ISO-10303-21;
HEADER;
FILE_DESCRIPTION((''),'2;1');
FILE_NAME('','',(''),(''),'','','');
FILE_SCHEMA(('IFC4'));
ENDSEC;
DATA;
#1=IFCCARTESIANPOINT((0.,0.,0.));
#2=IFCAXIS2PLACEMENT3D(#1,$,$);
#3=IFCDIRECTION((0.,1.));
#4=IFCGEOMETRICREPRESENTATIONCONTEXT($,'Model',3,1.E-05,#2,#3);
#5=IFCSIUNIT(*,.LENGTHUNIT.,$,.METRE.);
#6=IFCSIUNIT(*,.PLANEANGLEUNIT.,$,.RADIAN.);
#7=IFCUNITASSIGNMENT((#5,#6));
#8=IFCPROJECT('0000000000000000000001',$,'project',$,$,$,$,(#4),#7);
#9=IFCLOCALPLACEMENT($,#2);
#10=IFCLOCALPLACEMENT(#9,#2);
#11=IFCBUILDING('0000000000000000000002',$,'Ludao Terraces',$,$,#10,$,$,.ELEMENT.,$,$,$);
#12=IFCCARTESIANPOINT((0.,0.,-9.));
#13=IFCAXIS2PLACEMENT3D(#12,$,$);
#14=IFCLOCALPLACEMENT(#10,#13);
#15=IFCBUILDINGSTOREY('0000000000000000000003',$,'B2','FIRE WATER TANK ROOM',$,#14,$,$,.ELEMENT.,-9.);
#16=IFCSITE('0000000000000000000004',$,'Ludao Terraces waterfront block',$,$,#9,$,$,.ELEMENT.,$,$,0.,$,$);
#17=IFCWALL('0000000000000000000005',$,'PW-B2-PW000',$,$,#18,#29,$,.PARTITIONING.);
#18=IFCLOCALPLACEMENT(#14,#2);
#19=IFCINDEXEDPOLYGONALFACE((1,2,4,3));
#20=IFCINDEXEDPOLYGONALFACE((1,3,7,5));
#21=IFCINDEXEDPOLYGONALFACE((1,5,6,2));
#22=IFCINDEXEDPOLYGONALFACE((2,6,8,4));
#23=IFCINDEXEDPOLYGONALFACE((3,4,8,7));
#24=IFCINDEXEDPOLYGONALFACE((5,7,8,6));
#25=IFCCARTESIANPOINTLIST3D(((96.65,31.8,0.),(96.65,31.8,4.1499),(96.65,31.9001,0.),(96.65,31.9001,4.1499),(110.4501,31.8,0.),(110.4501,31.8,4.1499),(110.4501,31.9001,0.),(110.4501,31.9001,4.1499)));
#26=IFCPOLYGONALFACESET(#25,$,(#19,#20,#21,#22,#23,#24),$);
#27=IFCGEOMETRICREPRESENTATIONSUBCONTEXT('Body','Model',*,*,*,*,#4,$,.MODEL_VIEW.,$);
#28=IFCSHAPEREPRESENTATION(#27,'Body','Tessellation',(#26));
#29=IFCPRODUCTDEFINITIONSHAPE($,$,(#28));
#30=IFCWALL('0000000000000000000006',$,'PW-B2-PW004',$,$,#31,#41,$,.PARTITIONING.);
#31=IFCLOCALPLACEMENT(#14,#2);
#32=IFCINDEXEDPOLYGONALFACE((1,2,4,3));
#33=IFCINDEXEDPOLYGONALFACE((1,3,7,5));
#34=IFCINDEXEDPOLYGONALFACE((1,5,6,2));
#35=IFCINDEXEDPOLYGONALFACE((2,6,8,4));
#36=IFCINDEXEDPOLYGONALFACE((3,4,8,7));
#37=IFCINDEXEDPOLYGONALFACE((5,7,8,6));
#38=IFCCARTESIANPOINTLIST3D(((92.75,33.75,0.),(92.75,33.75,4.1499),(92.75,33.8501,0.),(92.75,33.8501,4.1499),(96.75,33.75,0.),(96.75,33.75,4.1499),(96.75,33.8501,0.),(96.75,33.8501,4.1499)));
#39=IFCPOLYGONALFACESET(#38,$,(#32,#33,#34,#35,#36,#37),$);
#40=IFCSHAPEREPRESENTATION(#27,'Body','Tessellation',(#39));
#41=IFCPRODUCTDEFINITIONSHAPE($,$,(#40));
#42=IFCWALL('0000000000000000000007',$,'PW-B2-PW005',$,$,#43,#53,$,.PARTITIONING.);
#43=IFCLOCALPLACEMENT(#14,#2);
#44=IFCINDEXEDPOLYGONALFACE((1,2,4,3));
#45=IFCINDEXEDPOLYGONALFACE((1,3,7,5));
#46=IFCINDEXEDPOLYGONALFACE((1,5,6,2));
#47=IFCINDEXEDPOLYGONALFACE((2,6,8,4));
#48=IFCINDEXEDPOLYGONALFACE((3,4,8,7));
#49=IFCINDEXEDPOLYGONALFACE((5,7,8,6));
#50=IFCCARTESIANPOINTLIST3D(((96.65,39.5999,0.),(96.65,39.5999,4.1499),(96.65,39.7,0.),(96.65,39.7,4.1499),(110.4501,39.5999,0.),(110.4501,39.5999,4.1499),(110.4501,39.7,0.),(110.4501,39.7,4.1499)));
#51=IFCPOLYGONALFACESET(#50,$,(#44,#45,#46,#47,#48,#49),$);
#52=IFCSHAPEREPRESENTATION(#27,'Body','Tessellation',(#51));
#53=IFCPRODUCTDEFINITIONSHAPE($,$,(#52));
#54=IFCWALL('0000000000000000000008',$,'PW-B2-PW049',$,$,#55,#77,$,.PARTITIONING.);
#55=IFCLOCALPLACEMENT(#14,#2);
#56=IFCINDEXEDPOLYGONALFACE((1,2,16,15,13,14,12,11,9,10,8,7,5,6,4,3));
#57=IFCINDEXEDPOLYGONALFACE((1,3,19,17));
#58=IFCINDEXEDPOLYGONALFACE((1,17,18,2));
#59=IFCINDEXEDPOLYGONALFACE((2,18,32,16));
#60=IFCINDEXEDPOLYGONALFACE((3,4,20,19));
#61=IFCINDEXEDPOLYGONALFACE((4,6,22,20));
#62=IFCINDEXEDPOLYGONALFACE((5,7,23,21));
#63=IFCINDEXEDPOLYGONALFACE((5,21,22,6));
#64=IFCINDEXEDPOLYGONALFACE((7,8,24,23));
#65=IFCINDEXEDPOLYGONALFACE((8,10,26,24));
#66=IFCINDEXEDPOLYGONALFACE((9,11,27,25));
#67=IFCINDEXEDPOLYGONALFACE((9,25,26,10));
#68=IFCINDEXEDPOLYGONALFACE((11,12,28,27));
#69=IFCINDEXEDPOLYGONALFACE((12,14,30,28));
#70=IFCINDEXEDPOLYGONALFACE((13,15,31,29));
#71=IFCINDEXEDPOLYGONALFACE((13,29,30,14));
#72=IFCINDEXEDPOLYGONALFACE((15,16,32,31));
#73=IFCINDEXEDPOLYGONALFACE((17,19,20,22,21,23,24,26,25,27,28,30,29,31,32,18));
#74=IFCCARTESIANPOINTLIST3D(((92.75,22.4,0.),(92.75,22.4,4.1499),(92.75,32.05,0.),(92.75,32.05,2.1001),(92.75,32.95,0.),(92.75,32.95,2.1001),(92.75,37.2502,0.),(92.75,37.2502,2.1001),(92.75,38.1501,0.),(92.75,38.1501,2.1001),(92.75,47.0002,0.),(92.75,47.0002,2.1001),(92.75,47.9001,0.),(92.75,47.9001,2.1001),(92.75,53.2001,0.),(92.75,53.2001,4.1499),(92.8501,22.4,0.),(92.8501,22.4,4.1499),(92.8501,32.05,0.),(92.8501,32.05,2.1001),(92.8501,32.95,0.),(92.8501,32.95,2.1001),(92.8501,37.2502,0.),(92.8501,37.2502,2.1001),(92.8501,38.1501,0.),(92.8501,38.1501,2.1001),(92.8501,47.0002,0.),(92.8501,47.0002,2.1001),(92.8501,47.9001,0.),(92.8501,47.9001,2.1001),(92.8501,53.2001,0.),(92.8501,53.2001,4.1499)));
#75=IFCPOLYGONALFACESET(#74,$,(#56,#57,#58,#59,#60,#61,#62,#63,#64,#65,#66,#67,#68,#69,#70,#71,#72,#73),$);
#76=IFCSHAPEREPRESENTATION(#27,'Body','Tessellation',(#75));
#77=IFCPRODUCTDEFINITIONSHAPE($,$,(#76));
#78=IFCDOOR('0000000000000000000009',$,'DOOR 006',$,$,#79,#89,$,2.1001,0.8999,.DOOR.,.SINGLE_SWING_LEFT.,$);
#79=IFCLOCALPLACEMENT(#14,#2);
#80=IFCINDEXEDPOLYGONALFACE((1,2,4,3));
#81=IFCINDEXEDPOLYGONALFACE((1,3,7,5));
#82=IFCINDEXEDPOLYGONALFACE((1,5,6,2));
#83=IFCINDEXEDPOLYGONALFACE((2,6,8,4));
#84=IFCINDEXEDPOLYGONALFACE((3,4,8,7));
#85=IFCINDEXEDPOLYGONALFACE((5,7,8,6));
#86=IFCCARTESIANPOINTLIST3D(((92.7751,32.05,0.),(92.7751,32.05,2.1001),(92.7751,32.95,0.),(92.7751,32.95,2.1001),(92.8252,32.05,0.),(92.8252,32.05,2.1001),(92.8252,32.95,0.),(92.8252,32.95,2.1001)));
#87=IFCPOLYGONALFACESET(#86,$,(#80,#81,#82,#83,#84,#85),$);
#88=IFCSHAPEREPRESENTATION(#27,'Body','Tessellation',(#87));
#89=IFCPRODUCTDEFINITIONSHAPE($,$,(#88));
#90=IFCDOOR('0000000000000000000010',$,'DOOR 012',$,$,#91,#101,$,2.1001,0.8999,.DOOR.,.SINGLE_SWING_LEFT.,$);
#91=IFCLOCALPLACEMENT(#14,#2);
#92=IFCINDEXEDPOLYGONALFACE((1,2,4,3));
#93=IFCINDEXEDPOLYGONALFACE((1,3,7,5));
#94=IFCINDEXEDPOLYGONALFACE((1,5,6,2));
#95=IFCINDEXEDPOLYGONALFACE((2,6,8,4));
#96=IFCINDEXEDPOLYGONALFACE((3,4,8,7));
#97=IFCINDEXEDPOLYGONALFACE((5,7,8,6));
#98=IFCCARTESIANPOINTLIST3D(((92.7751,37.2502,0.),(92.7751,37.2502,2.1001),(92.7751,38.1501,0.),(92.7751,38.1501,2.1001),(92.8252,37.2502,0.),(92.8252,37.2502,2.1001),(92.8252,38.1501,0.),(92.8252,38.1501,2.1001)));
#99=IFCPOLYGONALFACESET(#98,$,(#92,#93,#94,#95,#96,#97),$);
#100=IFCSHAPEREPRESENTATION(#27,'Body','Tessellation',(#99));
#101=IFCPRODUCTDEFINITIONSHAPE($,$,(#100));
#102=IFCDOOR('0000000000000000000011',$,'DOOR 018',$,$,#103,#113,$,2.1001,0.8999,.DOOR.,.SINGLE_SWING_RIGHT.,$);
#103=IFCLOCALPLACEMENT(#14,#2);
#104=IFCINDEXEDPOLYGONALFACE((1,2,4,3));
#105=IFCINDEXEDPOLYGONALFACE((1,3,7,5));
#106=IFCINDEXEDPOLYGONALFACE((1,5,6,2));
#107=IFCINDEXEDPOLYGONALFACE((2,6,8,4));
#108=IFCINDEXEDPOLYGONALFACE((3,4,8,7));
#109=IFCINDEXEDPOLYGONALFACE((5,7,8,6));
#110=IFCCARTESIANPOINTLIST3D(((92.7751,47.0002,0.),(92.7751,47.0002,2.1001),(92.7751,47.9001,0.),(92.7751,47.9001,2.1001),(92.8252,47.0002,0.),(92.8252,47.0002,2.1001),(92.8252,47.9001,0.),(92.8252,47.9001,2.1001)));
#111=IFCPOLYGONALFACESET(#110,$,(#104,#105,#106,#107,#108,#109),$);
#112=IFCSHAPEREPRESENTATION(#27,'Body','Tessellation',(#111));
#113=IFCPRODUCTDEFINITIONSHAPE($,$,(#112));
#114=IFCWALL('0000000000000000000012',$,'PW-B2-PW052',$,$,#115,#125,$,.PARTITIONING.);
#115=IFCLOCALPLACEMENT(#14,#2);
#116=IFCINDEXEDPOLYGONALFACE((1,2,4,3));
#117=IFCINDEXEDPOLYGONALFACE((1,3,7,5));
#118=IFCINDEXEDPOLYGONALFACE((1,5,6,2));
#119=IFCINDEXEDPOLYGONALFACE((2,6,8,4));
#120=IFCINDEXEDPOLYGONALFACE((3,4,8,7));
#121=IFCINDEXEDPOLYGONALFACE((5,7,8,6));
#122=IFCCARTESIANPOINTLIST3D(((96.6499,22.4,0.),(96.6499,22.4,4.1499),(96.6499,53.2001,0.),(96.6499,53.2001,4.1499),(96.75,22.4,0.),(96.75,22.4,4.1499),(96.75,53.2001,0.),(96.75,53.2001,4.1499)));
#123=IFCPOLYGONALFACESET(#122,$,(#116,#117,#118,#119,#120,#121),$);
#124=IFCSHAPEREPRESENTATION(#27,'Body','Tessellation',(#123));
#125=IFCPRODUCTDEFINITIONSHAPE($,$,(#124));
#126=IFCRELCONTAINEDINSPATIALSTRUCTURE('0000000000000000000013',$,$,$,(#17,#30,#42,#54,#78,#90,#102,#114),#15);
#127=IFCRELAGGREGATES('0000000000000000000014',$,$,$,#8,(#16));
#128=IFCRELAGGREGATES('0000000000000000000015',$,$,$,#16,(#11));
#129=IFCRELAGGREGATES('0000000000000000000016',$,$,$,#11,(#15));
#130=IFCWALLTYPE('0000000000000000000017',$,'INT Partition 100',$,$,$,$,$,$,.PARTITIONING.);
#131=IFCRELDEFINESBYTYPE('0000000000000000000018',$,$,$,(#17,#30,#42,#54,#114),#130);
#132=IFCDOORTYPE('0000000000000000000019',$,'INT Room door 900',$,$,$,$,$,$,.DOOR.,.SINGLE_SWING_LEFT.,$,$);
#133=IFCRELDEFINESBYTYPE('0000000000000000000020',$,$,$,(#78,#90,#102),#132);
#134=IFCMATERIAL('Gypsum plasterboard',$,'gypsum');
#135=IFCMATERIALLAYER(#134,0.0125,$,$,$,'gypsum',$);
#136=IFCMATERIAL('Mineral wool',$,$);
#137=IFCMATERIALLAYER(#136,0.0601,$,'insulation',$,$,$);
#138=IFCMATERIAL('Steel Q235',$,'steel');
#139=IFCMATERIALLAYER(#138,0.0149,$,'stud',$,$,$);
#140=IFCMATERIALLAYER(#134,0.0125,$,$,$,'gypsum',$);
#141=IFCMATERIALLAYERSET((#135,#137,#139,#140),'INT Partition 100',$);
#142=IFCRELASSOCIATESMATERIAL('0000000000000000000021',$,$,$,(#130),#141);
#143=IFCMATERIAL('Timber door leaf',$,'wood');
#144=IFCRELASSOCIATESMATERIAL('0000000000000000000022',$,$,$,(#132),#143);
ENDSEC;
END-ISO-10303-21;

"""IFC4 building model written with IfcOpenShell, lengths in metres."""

from ifc_helpers import new_model, si_unit, direction, frame, frame_2d, origin, place, context, subcontext, project, spatial, rectangle, extrude, material, layer, layer_set, type_object, element, fill, save


model = new_model("IFC4")

# Units and contexts
model_context = context("Model", 3, precision=1e-05, world=origin(), true_north=direction((0.0, 1.0)))
body_context = subcontext(model_context, "Body", "Model", "MODEL_VIEW")
ifc_project = project(units=[si_unit("LENGTHUNIT", "METRE"), si_unit("PLANEANGLEUNIT", "RADIAN")], contexts=[model_context])

# Site, building, storey
site_placement = place(None, origin())
site = spatial("IfcSite", under=ifc_project, at=site_placement, Name="Ludao Terraces waterfront block", CompositionType="ELEMENT", RefElevation=0.0)
building_placement = place(site_placement, origin())
building = spatial("IfcBuilding", under=site, at=building_placement, Name="Ludao Terraces", CompositionType="ELEMENT")
storey_placement = place(building_placement, frame((0.0, 0.0, -9.0)))
storey = spatial("IfcBuildingStorey", under=building, at=storey_placement, Name="B2", Description="FIRE WATER TANK ROOM", CompositionType="ELEMENT", Elevation=-9.0)

# Walls
ifc_material_1 = material(Name="Gypsum plasterboard", Category="gypsum")
ifc_layer_1 = layer(ifc_material_1, 0.0125, Category="gypsum")
ifc_material_2 = material(Name="Mineral wool")
ifc_layer_2 = layer(ifc_material_2, 0.0601, Name="insulation")
ifc_material_3 = material(Name="Steel Q235", Category="steel")
ifc_layer_3 = layer(ifc_material_3, 0.0149, Name="stud")
ifc_layer_4 = layer(ifc_material_1, 0.0125, Category="gypsum")
ifc_layer_set_1 = layer_set([ifc_layer_1, ifc_layer_2, ifc_layer_3, ifc_layer_4], Name="INT Partition 100")
wall_type_1 = type_object("IfcWallType", Name="INT Partition 100", PredefinedType="PARTITIONING", material=ifc_layer_set_1)
wall_1_placement = place(storey_placement, frame((96.6501, 31.8501, 0.0), z_axis=(0.0, 0.0, 1.0), x_axis=(1.0, 0.0, 0.0)))
element("IfcWall", 1, at=wall_1_placement, inside=storey, type_object=wall_type_1, Name="PW-B2-PW000", PredefinedType="PARTITIONING", context=body_context, shape_type="SweptSolid", body=[
    extrude(rectangle(XDim=13.8, YDim=0.1001, at=frame_2d((6.8999, 0.0))), origin(), (0.0, 0.0, 1.0), 4.1499),
])
wall_2_placement = place(storey_placement, frame((92.75, 33.8, 0.0), z_axis=(0.0, 0.0, 1.0), x_axis=(1.0, 0.0, 0.0)))
element("IfcWall", 2, at=wall_2_placement, inside=storey, type_object=wall_type_1, Name="PW-B2-PW004", PredefinedType="PARTITIONING", context=body_context, shape_type="SweptSolid", body=[
    extrude(rectangle(XDim=4.0, YDim=0.1001, at=frame_2d((2.0, 0.0))), origin(), (0.0, 0.0, 1.0), 4.1499),
])
wall_3_placement = place(storey_placement, frame((96.6501, 39.6499, 0.0), z_axis=(0.0, 0.0, 1.0), x_axis=(1.0, 0.0, 0.0)))
element("IfcWall", 3, at=wall_3_placement, inside=storey, type_object=wall_type_1, Name="PW-B2-PW005", PredefinedType="PARTITIONING", context=body_context, shape_type="SweptSolid", body=[
    extrude(rectangle(XDim=13.8, YDim=0.1001, at=frame_2d((6.8999, 0.0))), origin(), (0.0, 0.0, 1.0), 4.1499),
])

# Wall, openings, doors
wall_4_placement = place(storey_placement, frame((92.8, 22.4001, 0.0), z_axis=(0.0, 0.0, 1.0), x_axis=(0.0, 1.0, 0.0)))
wall_4 = element("IfcWall", 4, at=wall_4_placement, inside=storey, type_object=wall_type_1, Name="PW-B2-PW049", PredefinedType="PARTITIONING", context=body_context, shape_type="SweptSolid", body=[
    extrude(rectangle(XDim=30.8, YDim=0.1001, at=frame_2d((15.3999, 0.0))), origin(), (0.0, 0.0, 1.0), 4.1499),
])
opening_1_placement = place(wall_4_placement, frame((9.6499, 0.0, 0.0)))
opening_1 = element("IfcOpeningElement", 5, at=opening_1_placement, cuts=wall_4, PredefinedType="OPENING", context=body_context, shape_type="SweptSolid", body=[
    extrude(rectangle(XDim=0.8999, YDim=2.1001, at=frame_2d((0.45, 1.05))), frame((0.0, 0.0601, 0.0), z_axis=(0.0, -1.0, 0.0), x_axis=(1.0, 0.0, 0.0)), (0.0, 0.0, 1.0), 0.1201),
])
opening_2_placement = place(wall_4_placement, frame((14.8501, 0.0, 0.0)))
opening_2 = element("IfcOpeningElement", 6, at=opening_2_placement, cuts=wall_4, PredefinedType="OPENING", context=body_context, shape_type="SweptSolid", body=[
    extrude(rectangle(XDim=0.8999, YDim=2.1001, at=frame_2d((0.45, 1.05))), frame((0.0, 0.0601, 0.0), z_axis=(0.0, -1.0, 0.0), x_axis=(1.0, 0.0, 0.0)), (0.0, 0.0, 1.0), 0.1201),
])
opening_3_placement = place(wall_4_placement, frame((24.6001, 0.0, 0.0)))
opening_3 = element("IfcOpeningElement", 7, at=opening_3_placement, cuts=wall_4, PredefinedType="OPENING", context=body_context, shape_type="SweptSolid", body=[
    extrude(rectangle(XDim=0.8999, YDim=2.1001, at=frame_2d((0.45, 1.05))), frame((0.0, 0.0601, 0.0), z_axis=(0.0, -1.0, 0.0), x_axis=(1.0, 0.0, 0.0)), (0.0, 0.0, 1.0), 0.1201),
])
ifc_material_4 = material(Name="Timber door leaf", Category="wood")
door_type = type_object("IfcDoorType", Name="INT Room door 900", OperationType="SINGLE_SWING_LEFT", PredefinedType="DOOR", material=ifc_material_4)
door_1_placement = place(opening_1_placement, origin())
door_1 = element("IfcDoor", 8, at=door_1_placement, inside=storey, type_object=door_type, Name="DOOR 006", OperationType="SINGLE_SWING_LEFT", OverallHeight=2.1001, OverallWidth=0.8999, PredefinedType="DOOR", context=body_context, shape_type="SweptSolid", body=[
    extrude(rectangle(XDim=0.8999, YDim=2.1001, at=frame_2d((0.45, 1.05))), frame((0.0, 0.0249, 0.0), z_axis=(0.0, -1.0, 0.0), x_axis=(1.0, 0.0, 0.0)), (0.0, 0.0, 1.0), 0.05),
])
fill(opening_1, door_1)
door_2_placement = place(opening_2_placement, origin())
door_2 = element("IfcDoor", 9, at=door_2_placement, inside=storey, type_object=door_type, Name="DOOR 012", OperationType="SINGLE_SWING_LEFT", OverallHeight=2.1001, OverallWidth=0.8999, PredefinedType="DOOR", context=body_context, shape_type="SweptSolid", body=[
    extrude(rectangle(XDim=0.8999, YDim=2.1001, at=frame_2d((0.45, 1.05))), frame((0.0, 0.0249, 0.0), z_axis=(0.0, -1.0, 0.0), x_axis=(1.0, 0.0, 0.0)), (0.0, 0.0, 1.0), 0.05),
])
fill(opening_2, door_2)
door_3_placement = place(opening_3_placement, origin())
door_3 = element("IfcDoor", 10, at=door_3_placement, inside=storey, type_object=door_type, Name="DOOR 018", OperationType="SINGLE_SWING_RIGHT", OverallHeight=2.1001, OverallWidth=0.8999, PredefinedType="DOOR", context=body_context, shape_type="SweptSolid", body=[
    extrude(rectangle(XDim=0.8999, YDim=2.1001, at=frame_2d((0.45, 1.05))), frame((0.0, 0.0249, 0.0), z_axis=(0.0, -1.0, 0.0), x_axis=(1.0, 0.0, 0.0)), (0.0, 0.0, 1.0), 0.05),
])
fill(opening_3, door_3)

# Wall
wall_5_placement = place(storey_placement, frame((96.7, 22.4001, 0.0), z_axis=(0.0, 0.0, 1.0), x_axis=(0.0, 1.0, 0.0)))
element("IfcWall", 11, at=wall_5_placement, inside=storey, type_object=wall_type_1, Name="PW-B2-PW052", PredefinedType="PARTITIONING", context=body_context, shape_type="SweptSolid", body=[
    extrude(rectangle(XDim=30.8, YDim=0.1001, at=frame_2d((15.3999, 0.0))), origin(), (0.0, 0.0, 1.0), 4.1499),
])

save(model, "model.ifc")
